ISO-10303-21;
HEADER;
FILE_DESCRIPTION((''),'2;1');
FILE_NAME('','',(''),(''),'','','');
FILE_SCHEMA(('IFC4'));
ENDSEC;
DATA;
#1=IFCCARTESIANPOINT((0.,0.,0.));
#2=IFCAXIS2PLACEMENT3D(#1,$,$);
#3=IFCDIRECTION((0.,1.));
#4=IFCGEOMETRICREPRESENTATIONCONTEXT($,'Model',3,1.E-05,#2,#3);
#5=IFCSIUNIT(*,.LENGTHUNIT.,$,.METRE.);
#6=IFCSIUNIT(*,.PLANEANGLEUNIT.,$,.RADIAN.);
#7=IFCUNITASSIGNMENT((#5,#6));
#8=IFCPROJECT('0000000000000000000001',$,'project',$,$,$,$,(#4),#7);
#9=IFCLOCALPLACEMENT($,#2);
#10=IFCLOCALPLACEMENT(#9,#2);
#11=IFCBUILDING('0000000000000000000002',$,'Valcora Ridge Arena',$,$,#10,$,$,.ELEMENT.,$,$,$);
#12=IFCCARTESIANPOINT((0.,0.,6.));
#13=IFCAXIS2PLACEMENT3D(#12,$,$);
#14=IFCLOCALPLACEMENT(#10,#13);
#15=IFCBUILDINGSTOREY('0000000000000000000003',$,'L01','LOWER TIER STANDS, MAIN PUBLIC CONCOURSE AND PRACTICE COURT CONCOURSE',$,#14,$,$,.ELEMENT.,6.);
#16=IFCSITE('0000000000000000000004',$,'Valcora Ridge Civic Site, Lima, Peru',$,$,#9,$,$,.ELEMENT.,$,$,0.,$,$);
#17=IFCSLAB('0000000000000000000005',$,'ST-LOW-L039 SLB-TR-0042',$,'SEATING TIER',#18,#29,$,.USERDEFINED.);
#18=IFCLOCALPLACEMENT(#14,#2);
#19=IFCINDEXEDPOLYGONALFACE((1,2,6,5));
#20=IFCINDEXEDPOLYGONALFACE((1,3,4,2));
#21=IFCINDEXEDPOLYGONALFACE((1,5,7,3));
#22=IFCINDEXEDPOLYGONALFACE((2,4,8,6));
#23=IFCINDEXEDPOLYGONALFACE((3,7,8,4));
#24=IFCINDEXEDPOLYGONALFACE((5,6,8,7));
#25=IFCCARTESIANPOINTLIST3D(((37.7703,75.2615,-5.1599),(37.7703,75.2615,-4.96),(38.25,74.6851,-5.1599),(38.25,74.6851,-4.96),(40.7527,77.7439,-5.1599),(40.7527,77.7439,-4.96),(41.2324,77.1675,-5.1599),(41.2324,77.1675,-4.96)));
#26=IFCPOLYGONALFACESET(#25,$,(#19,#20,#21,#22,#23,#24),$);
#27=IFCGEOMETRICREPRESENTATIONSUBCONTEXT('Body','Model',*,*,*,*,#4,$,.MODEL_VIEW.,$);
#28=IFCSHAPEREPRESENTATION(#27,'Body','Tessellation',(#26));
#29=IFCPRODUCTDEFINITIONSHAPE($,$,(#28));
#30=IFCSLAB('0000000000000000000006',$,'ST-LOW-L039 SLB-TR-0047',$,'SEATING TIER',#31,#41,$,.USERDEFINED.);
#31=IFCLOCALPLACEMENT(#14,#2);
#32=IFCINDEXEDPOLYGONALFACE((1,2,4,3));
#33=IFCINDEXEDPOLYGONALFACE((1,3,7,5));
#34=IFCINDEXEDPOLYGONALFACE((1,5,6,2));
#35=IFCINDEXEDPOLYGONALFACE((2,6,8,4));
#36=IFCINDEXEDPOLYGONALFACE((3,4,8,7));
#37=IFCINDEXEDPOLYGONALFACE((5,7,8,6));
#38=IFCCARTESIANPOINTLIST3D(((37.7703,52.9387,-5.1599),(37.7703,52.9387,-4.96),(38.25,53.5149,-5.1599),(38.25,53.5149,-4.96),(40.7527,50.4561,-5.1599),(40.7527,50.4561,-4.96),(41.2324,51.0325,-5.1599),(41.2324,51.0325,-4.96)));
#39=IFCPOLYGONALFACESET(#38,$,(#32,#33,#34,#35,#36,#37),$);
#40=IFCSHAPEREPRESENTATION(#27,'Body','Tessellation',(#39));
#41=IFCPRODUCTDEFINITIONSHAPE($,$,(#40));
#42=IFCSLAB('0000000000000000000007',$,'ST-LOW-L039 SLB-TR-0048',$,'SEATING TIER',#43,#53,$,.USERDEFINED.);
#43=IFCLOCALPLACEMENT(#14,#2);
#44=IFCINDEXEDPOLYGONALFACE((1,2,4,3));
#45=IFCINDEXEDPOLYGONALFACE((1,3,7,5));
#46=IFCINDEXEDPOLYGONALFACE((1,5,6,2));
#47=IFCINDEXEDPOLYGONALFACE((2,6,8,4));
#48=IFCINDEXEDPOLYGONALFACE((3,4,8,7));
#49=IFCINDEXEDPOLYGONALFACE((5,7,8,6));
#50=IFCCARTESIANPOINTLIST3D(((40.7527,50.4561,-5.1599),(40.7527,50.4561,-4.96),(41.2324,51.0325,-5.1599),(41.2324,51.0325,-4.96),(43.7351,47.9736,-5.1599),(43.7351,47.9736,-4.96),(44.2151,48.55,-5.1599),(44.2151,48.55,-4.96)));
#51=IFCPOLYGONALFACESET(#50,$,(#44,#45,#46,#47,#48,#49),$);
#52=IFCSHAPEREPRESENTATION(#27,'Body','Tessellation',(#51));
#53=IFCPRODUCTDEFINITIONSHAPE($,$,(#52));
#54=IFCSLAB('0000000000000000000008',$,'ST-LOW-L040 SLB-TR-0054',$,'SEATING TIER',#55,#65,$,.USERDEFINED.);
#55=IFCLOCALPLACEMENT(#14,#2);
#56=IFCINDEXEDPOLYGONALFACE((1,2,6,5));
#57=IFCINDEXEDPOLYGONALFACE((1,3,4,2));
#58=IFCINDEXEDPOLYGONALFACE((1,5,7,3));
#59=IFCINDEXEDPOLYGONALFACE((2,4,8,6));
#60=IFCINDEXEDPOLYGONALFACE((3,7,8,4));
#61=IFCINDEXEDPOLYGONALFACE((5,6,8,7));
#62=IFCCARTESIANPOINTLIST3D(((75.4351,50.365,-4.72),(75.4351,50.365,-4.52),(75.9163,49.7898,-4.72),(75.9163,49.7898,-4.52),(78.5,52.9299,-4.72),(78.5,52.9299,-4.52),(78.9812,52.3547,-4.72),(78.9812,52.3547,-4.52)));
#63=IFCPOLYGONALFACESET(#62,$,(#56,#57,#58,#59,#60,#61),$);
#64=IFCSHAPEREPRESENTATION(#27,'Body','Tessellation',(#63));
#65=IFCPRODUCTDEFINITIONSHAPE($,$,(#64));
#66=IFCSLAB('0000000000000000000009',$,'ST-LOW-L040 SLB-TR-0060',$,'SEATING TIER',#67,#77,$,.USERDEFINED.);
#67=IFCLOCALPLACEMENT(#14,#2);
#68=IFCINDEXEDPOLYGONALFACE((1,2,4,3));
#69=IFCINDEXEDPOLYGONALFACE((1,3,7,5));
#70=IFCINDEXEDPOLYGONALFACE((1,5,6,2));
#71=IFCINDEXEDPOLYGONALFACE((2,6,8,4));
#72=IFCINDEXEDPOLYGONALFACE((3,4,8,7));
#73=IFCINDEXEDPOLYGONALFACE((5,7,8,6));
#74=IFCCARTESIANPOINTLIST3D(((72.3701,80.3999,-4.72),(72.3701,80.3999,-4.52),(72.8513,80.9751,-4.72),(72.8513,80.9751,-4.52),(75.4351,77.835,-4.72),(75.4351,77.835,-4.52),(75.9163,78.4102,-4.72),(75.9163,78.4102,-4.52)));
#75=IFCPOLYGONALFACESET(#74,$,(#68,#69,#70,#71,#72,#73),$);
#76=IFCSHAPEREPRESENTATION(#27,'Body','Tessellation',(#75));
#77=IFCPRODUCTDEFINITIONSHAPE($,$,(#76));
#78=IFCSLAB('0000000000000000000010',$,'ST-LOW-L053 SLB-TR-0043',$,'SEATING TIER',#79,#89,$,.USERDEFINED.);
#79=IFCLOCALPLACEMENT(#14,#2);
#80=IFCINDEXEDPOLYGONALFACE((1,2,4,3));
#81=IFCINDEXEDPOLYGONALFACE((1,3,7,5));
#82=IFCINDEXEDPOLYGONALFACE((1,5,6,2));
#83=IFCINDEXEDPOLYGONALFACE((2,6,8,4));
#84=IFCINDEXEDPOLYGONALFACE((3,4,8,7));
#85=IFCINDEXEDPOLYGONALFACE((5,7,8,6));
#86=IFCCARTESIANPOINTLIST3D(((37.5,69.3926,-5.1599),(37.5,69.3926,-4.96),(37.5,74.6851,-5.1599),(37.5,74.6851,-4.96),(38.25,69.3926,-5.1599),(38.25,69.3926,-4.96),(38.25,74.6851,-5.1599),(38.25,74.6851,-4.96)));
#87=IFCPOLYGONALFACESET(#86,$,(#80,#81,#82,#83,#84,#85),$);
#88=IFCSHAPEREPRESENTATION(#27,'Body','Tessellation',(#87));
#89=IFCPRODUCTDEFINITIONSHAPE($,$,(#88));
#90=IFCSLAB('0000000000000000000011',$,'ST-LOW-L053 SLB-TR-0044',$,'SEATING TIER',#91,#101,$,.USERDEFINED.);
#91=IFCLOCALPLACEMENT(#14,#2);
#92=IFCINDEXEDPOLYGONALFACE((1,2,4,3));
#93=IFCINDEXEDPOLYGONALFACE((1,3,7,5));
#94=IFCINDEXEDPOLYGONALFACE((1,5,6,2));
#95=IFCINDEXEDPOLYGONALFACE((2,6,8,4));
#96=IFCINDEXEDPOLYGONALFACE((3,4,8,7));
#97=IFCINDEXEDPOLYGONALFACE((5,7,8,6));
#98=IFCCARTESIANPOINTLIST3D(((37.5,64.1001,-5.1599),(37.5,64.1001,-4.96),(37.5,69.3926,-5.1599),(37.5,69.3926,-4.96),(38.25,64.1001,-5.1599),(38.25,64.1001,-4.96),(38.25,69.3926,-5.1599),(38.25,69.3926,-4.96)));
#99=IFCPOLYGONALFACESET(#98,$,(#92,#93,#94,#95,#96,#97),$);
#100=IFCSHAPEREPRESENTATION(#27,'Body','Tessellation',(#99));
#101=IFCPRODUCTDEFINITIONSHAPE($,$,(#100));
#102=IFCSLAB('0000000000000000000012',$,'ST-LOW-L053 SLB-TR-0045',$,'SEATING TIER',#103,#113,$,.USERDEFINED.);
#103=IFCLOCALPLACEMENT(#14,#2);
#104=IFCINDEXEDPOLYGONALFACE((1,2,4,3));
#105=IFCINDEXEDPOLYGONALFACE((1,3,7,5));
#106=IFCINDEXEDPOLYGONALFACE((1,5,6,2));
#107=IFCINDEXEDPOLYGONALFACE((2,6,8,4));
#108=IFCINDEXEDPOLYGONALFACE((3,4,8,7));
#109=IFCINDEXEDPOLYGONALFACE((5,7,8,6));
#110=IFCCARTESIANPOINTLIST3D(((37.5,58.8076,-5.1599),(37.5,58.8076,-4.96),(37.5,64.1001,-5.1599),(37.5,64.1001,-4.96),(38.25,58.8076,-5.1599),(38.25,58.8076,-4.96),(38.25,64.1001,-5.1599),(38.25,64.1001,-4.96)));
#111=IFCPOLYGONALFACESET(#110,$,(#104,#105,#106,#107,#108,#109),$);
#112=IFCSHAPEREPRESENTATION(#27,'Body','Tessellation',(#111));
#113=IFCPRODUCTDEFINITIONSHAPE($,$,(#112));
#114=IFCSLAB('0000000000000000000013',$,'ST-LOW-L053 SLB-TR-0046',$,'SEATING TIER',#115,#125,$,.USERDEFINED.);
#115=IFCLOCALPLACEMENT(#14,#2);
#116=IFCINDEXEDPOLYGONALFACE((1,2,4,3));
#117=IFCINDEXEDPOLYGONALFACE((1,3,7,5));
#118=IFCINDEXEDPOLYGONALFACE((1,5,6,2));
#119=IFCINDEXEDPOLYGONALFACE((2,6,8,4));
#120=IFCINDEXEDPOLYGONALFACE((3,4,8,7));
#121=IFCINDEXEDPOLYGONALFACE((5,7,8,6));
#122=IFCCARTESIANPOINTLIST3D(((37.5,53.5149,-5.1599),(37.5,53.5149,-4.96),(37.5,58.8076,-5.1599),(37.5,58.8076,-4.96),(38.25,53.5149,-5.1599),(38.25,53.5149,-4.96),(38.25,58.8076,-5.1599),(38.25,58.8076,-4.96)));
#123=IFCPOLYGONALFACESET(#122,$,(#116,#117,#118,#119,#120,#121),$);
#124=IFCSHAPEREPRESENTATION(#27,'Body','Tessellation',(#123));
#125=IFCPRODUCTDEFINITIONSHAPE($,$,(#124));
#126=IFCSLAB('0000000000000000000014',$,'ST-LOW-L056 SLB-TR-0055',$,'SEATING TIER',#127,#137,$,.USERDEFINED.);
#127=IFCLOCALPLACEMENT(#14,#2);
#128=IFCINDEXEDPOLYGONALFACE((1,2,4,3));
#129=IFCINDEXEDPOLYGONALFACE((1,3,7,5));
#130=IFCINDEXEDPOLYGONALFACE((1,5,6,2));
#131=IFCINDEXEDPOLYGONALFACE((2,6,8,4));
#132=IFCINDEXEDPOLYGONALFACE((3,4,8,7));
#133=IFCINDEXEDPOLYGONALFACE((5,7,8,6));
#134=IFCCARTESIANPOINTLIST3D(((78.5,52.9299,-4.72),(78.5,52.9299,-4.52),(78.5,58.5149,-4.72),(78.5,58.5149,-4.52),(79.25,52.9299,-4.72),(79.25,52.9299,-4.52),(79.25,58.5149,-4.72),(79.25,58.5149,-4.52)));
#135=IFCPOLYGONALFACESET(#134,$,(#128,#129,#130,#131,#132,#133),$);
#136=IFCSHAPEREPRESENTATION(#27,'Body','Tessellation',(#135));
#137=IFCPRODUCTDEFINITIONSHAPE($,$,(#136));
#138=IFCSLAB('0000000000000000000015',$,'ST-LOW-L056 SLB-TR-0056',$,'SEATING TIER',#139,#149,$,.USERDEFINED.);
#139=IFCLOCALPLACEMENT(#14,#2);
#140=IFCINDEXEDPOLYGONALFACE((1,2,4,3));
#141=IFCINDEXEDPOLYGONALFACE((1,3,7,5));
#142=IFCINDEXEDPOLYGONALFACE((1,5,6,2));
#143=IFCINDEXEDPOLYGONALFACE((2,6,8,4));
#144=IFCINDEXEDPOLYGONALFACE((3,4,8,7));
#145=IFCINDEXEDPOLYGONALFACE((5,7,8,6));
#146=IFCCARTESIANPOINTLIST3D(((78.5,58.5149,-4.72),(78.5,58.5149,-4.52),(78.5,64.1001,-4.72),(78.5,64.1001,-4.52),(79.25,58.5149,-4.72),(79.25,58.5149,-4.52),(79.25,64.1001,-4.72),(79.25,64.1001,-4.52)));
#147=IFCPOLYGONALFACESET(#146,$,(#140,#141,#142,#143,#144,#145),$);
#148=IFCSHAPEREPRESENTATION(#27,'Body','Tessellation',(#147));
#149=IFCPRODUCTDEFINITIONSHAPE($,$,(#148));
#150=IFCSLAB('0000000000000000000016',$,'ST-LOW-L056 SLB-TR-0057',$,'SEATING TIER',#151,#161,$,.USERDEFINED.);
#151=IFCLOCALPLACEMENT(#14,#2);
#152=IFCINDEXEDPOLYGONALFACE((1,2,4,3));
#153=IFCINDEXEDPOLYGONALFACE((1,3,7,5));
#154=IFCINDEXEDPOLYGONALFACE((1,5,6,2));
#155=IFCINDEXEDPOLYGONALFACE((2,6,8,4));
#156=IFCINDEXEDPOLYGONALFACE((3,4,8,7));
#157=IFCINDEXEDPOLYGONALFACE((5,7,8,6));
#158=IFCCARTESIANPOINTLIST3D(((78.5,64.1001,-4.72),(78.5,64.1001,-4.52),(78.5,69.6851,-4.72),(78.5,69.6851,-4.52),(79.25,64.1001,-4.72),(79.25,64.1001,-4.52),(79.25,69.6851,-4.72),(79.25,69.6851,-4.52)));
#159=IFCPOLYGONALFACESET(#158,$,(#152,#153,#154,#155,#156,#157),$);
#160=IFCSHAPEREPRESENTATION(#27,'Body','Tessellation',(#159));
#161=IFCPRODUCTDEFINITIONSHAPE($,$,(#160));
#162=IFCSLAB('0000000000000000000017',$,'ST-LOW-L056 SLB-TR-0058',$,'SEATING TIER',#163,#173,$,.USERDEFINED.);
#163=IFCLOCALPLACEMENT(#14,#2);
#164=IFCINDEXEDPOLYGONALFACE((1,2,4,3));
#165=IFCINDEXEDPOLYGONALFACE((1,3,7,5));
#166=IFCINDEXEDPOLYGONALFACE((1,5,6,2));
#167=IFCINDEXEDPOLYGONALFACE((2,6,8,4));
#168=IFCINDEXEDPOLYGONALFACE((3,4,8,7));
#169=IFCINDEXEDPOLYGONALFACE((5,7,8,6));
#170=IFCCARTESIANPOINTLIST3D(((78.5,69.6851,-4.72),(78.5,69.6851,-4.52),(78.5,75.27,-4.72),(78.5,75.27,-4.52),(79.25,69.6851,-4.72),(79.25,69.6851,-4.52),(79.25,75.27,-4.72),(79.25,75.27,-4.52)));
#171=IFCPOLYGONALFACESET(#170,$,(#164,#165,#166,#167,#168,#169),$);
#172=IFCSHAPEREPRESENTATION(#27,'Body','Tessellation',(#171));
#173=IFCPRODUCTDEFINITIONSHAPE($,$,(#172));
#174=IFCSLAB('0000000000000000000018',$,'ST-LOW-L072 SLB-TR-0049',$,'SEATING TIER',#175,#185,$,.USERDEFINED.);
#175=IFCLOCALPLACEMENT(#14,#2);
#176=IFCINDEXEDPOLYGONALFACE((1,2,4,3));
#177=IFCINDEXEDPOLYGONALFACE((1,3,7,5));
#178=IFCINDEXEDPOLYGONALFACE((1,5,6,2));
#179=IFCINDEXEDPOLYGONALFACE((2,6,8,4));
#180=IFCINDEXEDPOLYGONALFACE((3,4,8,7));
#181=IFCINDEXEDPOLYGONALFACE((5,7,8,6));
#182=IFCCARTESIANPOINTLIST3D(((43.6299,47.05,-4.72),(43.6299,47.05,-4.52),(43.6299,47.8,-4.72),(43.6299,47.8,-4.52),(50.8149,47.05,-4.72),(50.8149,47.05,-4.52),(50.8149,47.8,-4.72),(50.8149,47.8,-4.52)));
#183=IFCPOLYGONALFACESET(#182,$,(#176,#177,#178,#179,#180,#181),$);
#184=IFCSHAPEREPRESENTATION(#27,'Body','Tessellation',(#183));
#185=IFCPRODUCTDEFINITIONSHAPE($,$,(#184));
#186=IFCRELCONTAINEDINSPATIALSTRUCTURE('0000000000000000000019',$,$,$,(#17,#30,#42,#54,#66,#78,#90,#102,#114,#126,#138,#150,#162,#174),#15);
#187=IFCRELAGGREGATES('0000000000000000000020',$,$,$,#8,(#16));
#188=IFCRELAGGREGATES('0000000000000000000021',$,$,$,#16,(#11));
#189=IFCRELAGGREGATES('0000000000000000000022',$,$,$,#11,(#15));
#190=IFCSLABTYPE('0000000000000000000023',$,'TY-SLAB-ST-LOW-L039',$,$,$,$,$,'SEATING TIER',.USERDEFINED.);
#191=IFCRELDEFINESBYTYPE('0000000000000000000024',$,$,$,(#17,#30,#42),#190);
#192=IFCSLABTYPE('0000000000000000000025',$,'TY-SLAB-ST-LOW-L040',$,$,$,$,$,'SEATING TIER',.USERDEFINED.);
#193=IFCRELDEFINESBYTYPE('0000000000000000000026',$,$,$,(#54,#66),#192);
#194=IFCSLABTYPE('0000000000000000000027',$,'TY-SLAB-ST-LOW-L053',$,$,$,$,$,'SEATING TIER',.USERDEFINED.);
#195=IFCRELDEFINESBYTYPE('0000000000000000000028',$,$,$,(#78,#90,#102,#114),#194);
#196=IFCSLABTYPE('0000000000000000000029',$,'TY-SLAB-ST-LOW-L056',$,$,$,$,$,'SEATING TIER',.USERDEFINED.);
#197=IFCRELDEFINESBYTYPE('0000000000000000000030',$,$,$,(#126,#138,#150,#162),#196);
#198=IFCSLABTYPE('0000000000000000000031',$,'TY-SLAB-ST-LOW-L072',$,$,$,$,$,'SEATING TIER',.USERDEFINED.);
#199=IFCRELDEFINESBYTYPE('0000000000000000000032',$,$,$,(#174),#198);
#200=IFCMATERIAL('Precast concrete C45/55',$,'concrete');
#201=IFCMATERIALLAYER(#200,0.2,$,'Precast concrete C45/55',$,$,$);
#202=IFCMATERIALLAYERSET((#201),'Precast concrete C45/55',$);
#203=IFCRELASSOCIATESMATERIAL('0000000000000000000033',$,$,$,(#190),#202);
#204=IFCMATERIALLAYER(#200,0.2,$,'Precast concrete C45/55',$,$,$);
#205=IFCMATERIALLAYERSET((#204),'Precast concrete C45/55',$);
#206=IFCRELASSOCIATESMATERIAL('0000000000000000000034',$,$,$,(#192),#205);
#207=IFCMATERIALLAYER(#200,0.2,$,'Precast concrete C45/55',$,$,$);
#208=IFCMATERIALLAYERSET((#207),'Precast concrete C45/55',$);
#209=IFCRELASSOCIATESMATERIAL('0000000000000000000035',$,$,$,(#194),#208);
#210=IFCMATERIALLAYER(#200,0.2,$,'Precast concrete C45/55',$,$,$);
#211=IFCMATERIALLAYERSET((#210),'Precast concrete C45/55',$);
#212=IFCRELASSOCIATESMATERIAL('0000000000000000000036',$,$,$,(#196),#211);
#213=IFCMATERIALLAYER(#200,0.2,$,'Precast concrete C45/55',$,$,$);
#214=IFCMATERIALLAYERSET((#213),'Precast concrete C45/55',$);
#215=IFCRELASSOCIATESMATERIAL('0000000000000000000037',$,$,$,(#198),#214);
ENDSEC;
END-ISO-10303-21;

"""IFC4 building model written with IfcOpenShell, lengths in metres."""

from ifc_helpers import new_model, si_unit, direction, frame, origin, place, context, subcontext, project, spatial, polyline, outline, extrude, material, layer, layer_set, type_object, element, save


model = new_model("IFC4")

# Units and contexts
model_context = context("Model", 3, precision=1e-05, world=origin(), true_north=direction((0.0, 1.0)))
body_context = subcontext(model_context, "Body", "Model", "MODEL_VIEW")
ifc_project = project(units=[si_unit("LENGTHUNIT", "METRE"), si_unit("PLANEANGLEUNIT", "RADIAN")], contexts=[model_context])

# Site, building, storey
site_placement = place(None, origin())
site = spatial("IfcSite", under=ifc_project, at=site_placement, Name="Valcora Ridge Civic Site, Lima, Peru", CompositionType="ELEMENT", RefElevation=0.0)
building_placement = place(site_placement, origin())
building = spatial("IfcBuilding", under=site, at=building_placement, Name="Valcora Ridge Arena", CompositionType="ELEMENT")
storey_placement = place(building_placement, frame((0.0, 0.0, 6.0)))
storey = spatial("IfcBuildingStorey", under=building, at=storey_placement, Name="L01", Description="LOWER TIER STANDS, MAIN PUBLIC CONCOURSE AND PRACTICE COURT CONCOURSE", CompositionType="ELEMENT", Elevation=6.0)

# Slabs
ifc_material = material(Name="Precast concrete C45/55", Category="concrete")
ifc_layer_1 = layer(ifc_material, 0.2, Name="Precast concrete C45/55")
ifc_layer_set_1 = layer_set([ifc_layer_1], Name="Precast concrete C45/55")
slab_type_1 = type_object("IfcSlabType", Name="TY-SLAB-ST-LOW-L039", ElementType="SEATING TIER", PredefinedType="USERDEFINED", material=ifc_layer_set_1)
slab_1_placement = place(storey_placement, frame((0.0, 0.0, -5.1599)))
element("IfcSlab", 1, at=slab_1_placement, inside=storey, type_object=slab_type_1, Name="ST-LOW-L039 SLB-TR-0042", ObjectType="SEATING TIER", PredefinedType="USERDEFINED", context=body_context, shape_type="SweptSolid", body=[
    extrude(outline(polyline([(41.2324, 77.1675), (38.25, 74.6851), (37.7703, 75.2615), (40.7527, 77.7439), (41.2324, 77.1675)])), origin(), (0.0, 0.0, 1.0), 0.2),
])
slab_2_placement = place(storey_placement, frame((0.0, 0.0, -5.1599)))
element("IfcSlab", 2, at=slab_2_placement, inside=storey, type_object=slab_type_1, Name="ST-LOW-L039 SLB-TR-0047", ObjectType="SEATING TIER", PredefinedType="USERDEFINED", context=body_context, shape_type="SweptSolid", body=[
    extrude(outline(polyline([(38.25, 53.5149), (41.2324, 51.0325), (40.7527, 50.4561), (37.7703, 52.9387), (38.25, 53.5149)])), origin(), (0.0, 0.0, 1.0), 0.2),
])
slab_3_placement = place(storey_placement, frame((0.0, 0.0, -5.1599)))
element("IfcSlab", 3, at=slab_3_placement, inside=storey, type_object=slab_type_1, Name="ST-LOW-L039 SLB-TR-0048", ObjectType="SEATING TIER", PredefinedType="USERDEFINED", context=body_context, shape_type="SweptSolid", body=[
    extrude(outline(polyline([(41.2324, 51.0325), (44.2151, 48.55), (43.7351, 47.9736), (40.7527, 50.4561), (41.2324, 51.0325)])), origin(), (0.0, 0.0, 1.0), 0.2),
])
ifc_layer_2 = layer(ifc_material, 0.2, Name="Precast concrete C45/55")
ifc_layer_set_2 = layer_set([ifc_layer_2], Name="Precast concrete C45/55")
slab_type_2 = type_object("IfcSlabType", Name="TY-SLAB-ST-LOW-L040", ElementType="SEATING TIER", PredefinedType="USERDEFINED", material=ifc_layer_set_2)
slab_4_placement = place(storey_placement, frame((0.0, 0.0, -4.72)))
element("IfcSlab", 4, at=slab_4_placement, inside=storey, type_object=slab_type_2, Name="ST-LOW-L040 SLB-TR-0054", ObjectType="SEATING TIER", PredefinedType="USERDEFINED", context=body_context, shape_type="SweptSolid", body=[
    extrude(outline(polyline([(75.4351, 50.365), (78.5, 52.9299), (78.9812, 52.3547), (75.9163, 49.7898), (75.4351, 50.365)])), origin(), (0.0, 0.0, 1.0), 0.2),
])
slab_5_placement = place(storey_placement, frame((0.0, 0.0, -4.72)))
element("IfcSlab", 5, at=slab_5_placement, inside=storey, type_object=slab_type_2, Name="ST-LOW-L040 SLB-TR-0060", ObjectType="SEATING TIER", PredefinedType="USERDEFINED", context=body_context, shape_type="SweptSolid", body=[
    extrude(outline(polyline([(75.4351, 77.835), (72.3701, 80.3999), (72.8513, 80.9751), (75.9163, 78.4102), (75.4351, 77.835)])), origin(), (0.0, 0.0, 1.0), 0.2),
])
ifc_layer_3 = layer(ifc_material, 0.2, Name="Precast concrete C45/55")
ifc_layer_set_3 = layer_set([ifc_layer_3], Name="Precast concrete C45/55")
slab_type_3 = type_object("IfcSlabType", Name="TY-SLAB-ST-LOW-L053", ElementType="SEATING TIER", PredefinedType="USERDEFINED", material=ifc_layer_set_3)
slab_6_placement = place(storey_placement, frame((0.0, 0.0, -5.1599)))
element("IfcSlab", 6, at=slab_6_placement, inside=storey, type_object=slab_type_3, Name="ST-LOW-L053 SLB-TR-0043", ObjectType="SEATING TIER", PredefinedType="USERDEFINED", context=body_context, shape_type="SweptSolid", body=[
    extrude(outline(polyline([(38.25, 74.6851), (38.25, 69.3926), (37.5, 69.3926), (37.5, 74.6851), (38.25, 74.6851)])), origin(), (0.0, 0.0, 1.0), 0.2),
])
slab_7_placement = place(storey_placement, frame((0.0, 0.0, -5.1599)))
element("IfcSlab", 7, at=slab_7_placement, inside=storey, type_object=slab_type_3, Name="ST-LOW-L053 SLB-TR-0044", ObjectType="SEATING TIER", PredefinedType="USERDEFINED", context=body_context, shape_type="SweptSolid", body=[
    extrude(outline(polyline([(38.25, 69.3926), (38.25, 64.1001), (37.5, 64.1001), (37.5, 69.3926), (38.25, 69.3926)])), origin(), (0.0, 0.0, 1.0), 0.2),
])
slab_8_placement = place(storey_placement, frame((0.0, 0.0, -5.1599)))
element("IfcSlab", 8, at=slab_8_placement, inside=storey, type_object=slab_type_3, Name="ST-LOW-L053 SLB-TR-0045", ObjectType="SEATING TIER", PredefinedType="USERDEFINED", context=body_context, shape_type="SweptSolid", body=[
    extrude(outline(polyline([(38.25, 64.1001), (38.25, 58.8076), (37.5, 58.8076), (37.5, 64.1001), (38.25, 64.1001)])), origin(), (0.0, 0.0, 1.0), 0.2),
])
slab_9_placement = place(storey_placement, frame((0.0, 0.0, -5.1599)))
element("IfcSlab", 9, at=slab_9_placement, inside=storey, type_object=slab_type_3, Name="ST-LOW-L053 SLB-TR-0046", ObjectType="SEATING TIER", PredefinedType="USERDEFINED", context=body_context, shape_type="SweptSolid", body=[
    extrude(outline(polyline([(38.25, 58.8076), (38.25, 53.5149), (37.5, 53.5149), (37.5, 58.8076), (38.25, 58.8076)])), origin(), (0.0, 0.0, 1.0), 0.2),
])
ifc_layer_4 = layer(ifc_material, 0.2, Name="Precast concrete C45/55")
ifc_layer_set_4 = layer_set([ifc_layer_4], Name="Precast concrete C45/55")
slab_type_4 = type_object("IfcSlabType", Name="TY-SLAB-ST-LOW-L056", ElementType="SEATING TIER", PredefinedType="USERDEFINED", material=ifc_layer_set_4)
slab_10_placement = place(storey_placement, frame((0.0, 0.0, -4.72)))
element("IfcSlab", 10, at=slab_10_placement, inside=storey, type_object=slab_type_4, Name="ST-LOW-L056 SLB-TR-0055", ObjectType="SEATING TIER", PredefinedType="USERDEFINED", context=body_context, shape_type="SweptSolid", body=[
    extrude(outline(polyline([(78.5, 52.9299), (78.5, 58.5149), (79.25, 58.5149), (79.25, 52.9299), (78.5, 52.9299)])), origin(), (0.0, 0.0, 1.0), 0.2),
])
slab_11_placement = place(storey_placement, frame((0.0, 0.0, -4.72)))
element("IfcSlab", 11, at=slab_11_placement, inside=storey, type_object=slab_type_4, Name="ST-LOW-L056 SLB-TR-0056", ObjectType="SEATING TIER", PredefinedType="USERDEFINED", context=body_context, shape_type="SweptSolid", body=[
    extrude(outline(polyline([(78.5, 58.5149), (78.5, 64.1001), (79.25, 64.1001), (79.25, 58.5149), (78.5, 58.5149)])), origin(), (0.0, 0.0, 1.0), 0.2),
])
slab_12_placement = place(storey_placement, frame((0.0, 0.0, -4.72)))
element("IfcSlab", 12, at=slab_12_placement, inside=storey, type_object=slab_type_4, Name="ST-LOW-L056 SLB-TR-0057", ObjectType="SEATING TIER", PredefinedType="USERDEFINED", context=body_context, shape_type="SweptSolid", body=[
    extrude(outline(polyline([(78.5, 64.1001), (78.5, 69.6851), (79.25, 69.6851), (79.25, 64.1001), (78.5, 64.1001)])), origin(), (0.0, 0.0, 1.0), 0.2),
])
slab_13_placement = place(storey_placement, frame((0.0, 0.0, -4.72)))
element("IfcSlab", 13, at=slab_13_placement, inside=storey, type_object=slab_type_4, Name="ST-LOW-L056 SLB-TR-0058", ObjectType="SEATING TIER", PredefinedType="USERDEFINED", context=body_context, shape_type="SweptSolid", body=[
    extrude(outline(polyline([(78.5, 69.6851), (78.5, 75.27), (79.25, 75.27), (79.25, 69.6851), (78.5, 69.6851)])), origin(), (0.0, 0.0, 1.0), 0.2),
])
ifc_layer_5 = layer(ifc_material, 0.2, Name="Precast concrete C45/55")
ifc_layer_set_5 = layer_set([ifc_layer_5], Name="Precast concrete C45/55")
slab_type_5 = type_object("IfcSlabType", Name="TY-SLAB-ST-LOW-L072", ElementType="SEATING TIER", PredefinedType="USERDEFINED", material=ifc_layer_set_5)
slab_14_placement = place(storey_placement, frame((0.0, 0.0, -4.72)))
element("IfcSlab", 14, at=slab_14_placement, inside=storey, type_object=slab_type_5, Name="ST-LOW-L072 SLB-TR-0049", ObjectType="SEATING TIER", PredefinedType="USERDEFINED", context=body_context, shape_type="SweptSolid", body=[
    extrude(outline(polyline([(43.6299, 47.8), (50.8149, 47.8), (50.8149, 47.05), (43.6299, 47.05), (43.6299, 47.8)])), origin(), (0.0, 0.0, 1.0), 0.2),
])

save(model, "model.ifc")
